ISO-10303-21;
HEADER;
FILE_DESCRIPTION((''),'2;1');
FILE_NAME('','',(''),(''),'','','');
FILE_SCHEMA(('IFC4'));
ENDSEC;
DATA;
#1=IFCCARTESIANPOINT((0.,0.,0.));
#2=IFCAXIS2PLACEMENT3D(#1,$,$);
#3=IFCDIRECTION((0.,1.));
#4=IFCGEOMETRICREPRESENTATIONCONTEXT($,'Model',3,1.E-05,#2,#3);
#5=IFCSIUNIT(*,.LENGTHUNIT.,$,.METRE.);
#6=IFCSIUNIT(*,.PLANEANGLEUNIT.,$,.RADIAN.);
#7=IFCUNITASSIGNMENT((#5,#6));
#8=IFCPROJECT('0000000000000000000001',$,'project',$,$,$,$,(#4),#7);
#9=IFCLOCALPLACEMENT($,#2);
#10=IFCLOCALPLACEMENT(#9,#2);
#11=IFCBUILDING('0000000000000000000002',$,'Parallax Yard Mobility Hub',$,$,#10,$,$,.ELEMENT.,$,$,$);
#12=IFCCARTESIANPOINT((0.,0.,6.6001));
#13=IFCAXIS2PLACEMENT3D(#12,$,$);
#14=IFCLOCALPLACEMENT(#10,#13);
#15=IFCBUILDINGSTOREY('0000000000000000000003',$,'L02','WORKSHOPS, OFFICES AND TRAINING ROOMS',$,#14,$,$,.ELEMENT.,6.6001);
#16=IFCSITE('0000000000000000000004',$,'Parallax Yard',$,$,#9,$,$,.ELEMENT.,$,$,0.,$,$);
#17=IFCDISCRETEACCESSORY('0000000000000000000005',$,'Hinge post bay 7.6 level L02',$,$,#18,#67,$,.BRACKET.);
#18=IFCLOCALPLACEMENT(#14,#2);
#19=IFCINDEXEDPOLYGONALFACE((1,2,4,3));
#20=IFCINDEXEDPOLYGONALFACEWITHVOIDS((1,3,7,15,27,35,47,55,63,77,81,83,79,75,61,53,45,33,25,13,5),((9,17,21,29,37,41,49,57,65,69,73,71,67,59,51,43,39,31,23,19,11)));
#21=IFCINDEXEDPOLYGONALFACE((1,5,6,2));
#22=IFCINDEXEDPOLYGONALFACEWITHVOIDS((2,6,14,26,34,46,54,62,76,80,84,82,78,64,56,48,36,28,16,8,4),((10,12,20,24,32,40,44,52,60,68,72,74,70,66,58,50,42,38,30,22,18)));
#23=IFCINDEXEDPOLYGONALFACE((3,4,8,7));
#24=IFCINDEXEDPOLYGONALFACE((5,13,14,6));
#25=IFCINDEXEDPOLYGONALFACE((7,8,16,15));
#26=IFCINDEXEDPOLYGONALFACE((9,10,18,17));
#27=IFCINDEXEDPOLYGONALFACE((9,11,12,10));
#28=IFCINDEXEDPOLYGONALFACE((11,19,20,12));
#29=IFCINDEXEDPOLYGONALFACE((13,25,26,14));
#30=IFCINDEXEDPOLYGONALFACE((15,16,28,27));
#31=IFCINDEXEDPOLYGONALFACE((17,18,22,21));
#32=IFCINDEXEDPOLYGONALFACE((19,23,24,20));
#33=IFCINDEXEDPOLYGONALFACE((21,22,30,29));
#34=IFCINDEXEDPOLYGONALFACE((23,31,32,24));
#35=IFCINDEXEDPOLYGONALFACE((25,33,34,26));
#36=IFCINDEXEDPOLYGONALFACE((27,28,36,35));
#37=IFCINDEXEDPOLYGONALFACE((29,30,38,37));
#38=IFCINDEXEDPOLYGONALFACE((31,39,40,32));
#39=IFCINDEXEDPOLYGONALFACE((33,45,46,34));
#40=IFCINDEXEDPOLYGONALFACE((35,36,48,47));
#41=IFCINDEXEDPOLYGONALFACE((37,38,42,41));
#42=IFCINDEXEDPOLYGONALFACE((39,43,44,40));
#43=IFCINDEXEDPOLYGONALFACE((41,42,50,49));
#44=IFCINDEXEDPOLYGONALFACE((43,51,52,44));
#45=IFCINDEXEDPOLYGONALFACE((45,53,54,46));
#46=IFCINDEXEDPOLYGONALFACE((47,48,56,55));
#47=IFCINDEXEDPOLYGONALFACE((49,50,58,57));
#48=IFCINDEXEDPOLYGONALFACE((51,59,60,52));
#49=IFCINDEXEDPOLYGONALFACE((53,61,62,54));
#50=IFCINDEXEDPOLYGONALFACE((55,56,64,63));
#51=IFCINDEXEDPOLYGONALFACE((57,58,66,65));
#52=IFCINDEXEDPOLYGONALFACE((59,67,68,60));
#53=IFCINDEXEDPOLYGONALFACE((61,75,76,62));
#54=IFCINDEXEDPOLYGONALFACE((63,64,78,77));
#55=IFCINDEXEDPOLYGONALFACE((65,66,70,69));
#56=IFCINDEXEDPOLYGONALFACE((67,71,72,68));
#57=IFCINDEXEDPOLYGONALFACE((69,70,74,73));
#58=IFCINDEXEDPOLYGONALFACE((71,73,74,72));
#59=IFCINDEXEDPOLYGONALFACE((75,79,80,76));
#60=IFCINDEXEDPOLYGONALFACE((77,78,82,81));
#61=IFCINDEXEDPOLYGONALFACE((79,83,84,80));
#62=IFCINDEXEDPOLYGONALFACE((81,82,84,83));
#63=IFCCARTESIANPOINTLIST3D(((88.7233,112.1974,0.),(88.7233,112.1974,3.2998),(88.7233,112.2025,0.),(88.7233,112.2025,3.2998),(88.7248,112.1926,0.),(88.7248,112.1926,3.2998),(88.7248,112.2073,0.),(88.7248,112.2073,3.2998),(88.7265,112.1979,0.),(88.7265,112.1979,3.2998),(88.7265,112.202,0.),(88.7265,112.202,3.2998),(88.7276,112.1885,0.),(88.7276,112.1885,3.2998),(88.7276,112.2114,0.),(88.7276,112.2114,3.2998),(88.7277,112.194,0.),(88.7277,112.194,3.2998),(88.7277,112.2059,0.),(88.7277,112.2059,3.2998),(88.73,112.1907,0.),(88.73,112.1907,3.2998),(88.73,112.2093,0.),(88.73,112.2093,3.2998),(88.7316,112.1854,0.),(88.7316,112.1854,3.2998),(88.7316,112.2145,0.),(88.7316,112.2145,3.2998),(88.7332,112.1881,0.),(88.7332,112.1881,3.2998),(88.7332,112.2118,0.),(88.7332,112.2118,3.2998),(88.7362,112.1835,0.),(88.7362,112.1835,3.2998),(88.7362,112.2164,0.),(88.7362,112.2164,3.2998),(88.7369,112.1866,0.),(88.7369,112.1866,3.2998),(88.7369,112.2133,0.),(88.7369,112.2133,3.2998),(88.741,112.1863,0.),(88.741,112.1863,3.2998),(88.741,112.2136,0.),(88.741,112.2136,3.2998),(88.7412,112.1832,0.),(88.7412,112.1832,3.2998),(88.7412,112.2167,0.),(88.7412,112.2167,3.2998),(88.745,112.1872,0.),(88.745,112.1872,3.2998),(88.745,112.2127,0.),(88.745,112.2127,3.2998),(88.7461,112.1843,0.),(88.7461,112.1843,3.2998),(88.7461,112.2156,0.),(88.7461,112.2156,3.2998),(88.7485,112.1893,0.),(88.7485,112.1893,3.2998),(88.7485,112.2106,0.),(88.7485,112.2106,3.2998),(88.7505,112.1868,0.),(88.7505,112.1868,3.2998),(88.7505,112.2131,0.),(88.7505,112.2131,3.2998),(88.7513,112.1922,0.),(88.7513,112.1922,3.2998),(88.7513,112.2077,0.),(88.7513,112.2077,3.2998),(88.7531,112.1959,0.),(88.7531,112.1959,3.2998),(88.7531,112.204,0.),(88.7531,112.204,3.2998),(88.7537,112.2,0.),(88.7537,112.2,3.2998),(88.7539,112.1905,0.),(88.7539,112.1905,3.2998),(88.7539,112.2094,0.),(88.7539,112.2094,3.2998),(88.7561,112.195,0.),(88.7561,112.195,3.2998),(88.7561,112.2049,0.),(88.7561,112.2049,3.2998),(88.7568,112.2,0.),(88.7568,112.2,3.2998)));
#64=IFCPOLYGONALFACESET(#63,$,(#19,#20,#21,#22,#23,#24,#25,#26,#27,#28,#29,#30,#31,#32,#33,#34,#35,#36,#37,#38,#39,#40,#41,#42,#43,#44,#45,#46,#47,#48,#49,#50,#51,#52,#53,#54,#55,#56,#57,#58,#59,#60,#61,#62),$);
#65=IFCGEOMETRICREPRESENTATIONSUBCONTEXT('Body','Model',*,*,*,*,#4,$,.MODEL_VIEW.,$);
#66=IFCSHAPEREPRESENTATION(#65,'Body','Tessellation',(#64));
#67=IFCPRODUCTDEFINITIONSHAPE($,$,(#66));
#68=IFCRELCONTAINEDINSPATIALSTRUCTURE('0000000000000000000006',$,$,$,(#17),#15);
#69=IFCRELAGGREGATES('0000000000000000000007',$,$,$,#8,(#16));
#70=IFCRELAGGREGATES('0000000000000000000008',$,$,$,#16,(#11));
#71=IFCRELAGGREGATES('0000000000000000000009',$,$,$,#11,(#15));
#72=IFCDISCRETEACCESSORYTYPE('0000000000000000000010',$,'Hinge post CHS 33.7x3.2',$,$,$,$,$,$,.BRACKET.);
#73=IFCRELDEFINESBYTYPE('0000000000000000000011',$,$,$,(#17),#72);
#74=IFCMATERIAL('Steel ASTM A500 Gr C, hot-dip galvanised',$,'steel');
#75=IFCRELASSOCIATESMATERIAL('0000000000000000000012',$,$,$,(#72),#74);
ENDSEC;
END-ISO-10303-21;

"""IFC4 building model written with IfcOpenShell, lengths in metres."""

from ifc_helpers import new_model, si_unit, direction, frame, origin, origin_2d, place, context, subcontext, project, spatial, hollow_circle, extrude, material, material_profile, profile_set, type_object, element, save


model = new_model("IFC4")

# Units and contexts
model_context = context("Model", 3, precision=1e-05, world=origin(), true_north=direction((0.0, 1.0)))
body_context = subcontext(model_context, "Body", "Model", "MODEL_VIEW")
ifc_project = project(units=[si_unit("LENGTHUNIT", "METRE"), si_unit("PLANEANGLEUNIT", "RADIAN")], contexts=[model_context])

# Site, building, storey
site_placement = place(None, origin())
site = spatial("IfcSite", under=ifc_project, at=site_placement, Name="Parallax Yard", CompositionType="ELEMENT", RefElevation=0.0)
building_placement = place(site_placement, origin())
building = spatial("IfcBuilding", under=site, at=building_placement, Name="Parallax Yard Mobility Hub", CompositionType="ELEMENT")
storey_placement = place(building_placement, frame((0.0, 0.0, 6.6001)))
storey = spatial("IfcBuildingStorey", under=building, at=storey_placement, Name="L02", Description="WORKSHOPS, OFFICES AND TRAINING ROOMS", CompositionType="ELEMENT", Elevation=6.6001)

# Discrete accessory
ifc_material_1 = material(Name="Steel ASTM A500 Gr C, hot-dip galvanised", Category="steel")
ifc_material_profile_1 = material_profile(ifc_material_1, hollow_circle(Radius=0.0168, WallThickness=0.0032, at=origin_2d()), Name="CHS 33.7x3.2")
ifc_profile_set_1 = profile_set([ifc_material_profile_1], Name="Steel ASTM A500 Gr C, hot-dip galvanised")
discrete_accessory_type_1 = type_object("IfcDiscreteAccessoryType", Name="Hinge post CHS 33.7x3.2", PredefinedType="BRACKET", material=ifc_profile_set_1)
for number, where, z_axis, x_axis, name in (
    (1, (88.74, 112.2, 0.0), (0.0, 0.0, 1.0), (1.0, 0.0, 0.0), "Hinge post bay 7.6 level L02"),
):
    element("IfcDiscreteAccessory", number, at=place(storey_placement, frame(where, z_axis=z_axis, x_axis=x_axis)), inside=storey, type_object=discrete_accessory_type_1, Name=name, PredefinedType="BRACKET", context=body_context, shape_type="SweptSolid", body=[
        extrude(hollow_circle(Radius=0.0168, WallThickness=0.0032, at=origin_2d()), origin(), (0.0, 0.0, 1.0), 3.2998),
    ])

save(model, "model.ifc")
